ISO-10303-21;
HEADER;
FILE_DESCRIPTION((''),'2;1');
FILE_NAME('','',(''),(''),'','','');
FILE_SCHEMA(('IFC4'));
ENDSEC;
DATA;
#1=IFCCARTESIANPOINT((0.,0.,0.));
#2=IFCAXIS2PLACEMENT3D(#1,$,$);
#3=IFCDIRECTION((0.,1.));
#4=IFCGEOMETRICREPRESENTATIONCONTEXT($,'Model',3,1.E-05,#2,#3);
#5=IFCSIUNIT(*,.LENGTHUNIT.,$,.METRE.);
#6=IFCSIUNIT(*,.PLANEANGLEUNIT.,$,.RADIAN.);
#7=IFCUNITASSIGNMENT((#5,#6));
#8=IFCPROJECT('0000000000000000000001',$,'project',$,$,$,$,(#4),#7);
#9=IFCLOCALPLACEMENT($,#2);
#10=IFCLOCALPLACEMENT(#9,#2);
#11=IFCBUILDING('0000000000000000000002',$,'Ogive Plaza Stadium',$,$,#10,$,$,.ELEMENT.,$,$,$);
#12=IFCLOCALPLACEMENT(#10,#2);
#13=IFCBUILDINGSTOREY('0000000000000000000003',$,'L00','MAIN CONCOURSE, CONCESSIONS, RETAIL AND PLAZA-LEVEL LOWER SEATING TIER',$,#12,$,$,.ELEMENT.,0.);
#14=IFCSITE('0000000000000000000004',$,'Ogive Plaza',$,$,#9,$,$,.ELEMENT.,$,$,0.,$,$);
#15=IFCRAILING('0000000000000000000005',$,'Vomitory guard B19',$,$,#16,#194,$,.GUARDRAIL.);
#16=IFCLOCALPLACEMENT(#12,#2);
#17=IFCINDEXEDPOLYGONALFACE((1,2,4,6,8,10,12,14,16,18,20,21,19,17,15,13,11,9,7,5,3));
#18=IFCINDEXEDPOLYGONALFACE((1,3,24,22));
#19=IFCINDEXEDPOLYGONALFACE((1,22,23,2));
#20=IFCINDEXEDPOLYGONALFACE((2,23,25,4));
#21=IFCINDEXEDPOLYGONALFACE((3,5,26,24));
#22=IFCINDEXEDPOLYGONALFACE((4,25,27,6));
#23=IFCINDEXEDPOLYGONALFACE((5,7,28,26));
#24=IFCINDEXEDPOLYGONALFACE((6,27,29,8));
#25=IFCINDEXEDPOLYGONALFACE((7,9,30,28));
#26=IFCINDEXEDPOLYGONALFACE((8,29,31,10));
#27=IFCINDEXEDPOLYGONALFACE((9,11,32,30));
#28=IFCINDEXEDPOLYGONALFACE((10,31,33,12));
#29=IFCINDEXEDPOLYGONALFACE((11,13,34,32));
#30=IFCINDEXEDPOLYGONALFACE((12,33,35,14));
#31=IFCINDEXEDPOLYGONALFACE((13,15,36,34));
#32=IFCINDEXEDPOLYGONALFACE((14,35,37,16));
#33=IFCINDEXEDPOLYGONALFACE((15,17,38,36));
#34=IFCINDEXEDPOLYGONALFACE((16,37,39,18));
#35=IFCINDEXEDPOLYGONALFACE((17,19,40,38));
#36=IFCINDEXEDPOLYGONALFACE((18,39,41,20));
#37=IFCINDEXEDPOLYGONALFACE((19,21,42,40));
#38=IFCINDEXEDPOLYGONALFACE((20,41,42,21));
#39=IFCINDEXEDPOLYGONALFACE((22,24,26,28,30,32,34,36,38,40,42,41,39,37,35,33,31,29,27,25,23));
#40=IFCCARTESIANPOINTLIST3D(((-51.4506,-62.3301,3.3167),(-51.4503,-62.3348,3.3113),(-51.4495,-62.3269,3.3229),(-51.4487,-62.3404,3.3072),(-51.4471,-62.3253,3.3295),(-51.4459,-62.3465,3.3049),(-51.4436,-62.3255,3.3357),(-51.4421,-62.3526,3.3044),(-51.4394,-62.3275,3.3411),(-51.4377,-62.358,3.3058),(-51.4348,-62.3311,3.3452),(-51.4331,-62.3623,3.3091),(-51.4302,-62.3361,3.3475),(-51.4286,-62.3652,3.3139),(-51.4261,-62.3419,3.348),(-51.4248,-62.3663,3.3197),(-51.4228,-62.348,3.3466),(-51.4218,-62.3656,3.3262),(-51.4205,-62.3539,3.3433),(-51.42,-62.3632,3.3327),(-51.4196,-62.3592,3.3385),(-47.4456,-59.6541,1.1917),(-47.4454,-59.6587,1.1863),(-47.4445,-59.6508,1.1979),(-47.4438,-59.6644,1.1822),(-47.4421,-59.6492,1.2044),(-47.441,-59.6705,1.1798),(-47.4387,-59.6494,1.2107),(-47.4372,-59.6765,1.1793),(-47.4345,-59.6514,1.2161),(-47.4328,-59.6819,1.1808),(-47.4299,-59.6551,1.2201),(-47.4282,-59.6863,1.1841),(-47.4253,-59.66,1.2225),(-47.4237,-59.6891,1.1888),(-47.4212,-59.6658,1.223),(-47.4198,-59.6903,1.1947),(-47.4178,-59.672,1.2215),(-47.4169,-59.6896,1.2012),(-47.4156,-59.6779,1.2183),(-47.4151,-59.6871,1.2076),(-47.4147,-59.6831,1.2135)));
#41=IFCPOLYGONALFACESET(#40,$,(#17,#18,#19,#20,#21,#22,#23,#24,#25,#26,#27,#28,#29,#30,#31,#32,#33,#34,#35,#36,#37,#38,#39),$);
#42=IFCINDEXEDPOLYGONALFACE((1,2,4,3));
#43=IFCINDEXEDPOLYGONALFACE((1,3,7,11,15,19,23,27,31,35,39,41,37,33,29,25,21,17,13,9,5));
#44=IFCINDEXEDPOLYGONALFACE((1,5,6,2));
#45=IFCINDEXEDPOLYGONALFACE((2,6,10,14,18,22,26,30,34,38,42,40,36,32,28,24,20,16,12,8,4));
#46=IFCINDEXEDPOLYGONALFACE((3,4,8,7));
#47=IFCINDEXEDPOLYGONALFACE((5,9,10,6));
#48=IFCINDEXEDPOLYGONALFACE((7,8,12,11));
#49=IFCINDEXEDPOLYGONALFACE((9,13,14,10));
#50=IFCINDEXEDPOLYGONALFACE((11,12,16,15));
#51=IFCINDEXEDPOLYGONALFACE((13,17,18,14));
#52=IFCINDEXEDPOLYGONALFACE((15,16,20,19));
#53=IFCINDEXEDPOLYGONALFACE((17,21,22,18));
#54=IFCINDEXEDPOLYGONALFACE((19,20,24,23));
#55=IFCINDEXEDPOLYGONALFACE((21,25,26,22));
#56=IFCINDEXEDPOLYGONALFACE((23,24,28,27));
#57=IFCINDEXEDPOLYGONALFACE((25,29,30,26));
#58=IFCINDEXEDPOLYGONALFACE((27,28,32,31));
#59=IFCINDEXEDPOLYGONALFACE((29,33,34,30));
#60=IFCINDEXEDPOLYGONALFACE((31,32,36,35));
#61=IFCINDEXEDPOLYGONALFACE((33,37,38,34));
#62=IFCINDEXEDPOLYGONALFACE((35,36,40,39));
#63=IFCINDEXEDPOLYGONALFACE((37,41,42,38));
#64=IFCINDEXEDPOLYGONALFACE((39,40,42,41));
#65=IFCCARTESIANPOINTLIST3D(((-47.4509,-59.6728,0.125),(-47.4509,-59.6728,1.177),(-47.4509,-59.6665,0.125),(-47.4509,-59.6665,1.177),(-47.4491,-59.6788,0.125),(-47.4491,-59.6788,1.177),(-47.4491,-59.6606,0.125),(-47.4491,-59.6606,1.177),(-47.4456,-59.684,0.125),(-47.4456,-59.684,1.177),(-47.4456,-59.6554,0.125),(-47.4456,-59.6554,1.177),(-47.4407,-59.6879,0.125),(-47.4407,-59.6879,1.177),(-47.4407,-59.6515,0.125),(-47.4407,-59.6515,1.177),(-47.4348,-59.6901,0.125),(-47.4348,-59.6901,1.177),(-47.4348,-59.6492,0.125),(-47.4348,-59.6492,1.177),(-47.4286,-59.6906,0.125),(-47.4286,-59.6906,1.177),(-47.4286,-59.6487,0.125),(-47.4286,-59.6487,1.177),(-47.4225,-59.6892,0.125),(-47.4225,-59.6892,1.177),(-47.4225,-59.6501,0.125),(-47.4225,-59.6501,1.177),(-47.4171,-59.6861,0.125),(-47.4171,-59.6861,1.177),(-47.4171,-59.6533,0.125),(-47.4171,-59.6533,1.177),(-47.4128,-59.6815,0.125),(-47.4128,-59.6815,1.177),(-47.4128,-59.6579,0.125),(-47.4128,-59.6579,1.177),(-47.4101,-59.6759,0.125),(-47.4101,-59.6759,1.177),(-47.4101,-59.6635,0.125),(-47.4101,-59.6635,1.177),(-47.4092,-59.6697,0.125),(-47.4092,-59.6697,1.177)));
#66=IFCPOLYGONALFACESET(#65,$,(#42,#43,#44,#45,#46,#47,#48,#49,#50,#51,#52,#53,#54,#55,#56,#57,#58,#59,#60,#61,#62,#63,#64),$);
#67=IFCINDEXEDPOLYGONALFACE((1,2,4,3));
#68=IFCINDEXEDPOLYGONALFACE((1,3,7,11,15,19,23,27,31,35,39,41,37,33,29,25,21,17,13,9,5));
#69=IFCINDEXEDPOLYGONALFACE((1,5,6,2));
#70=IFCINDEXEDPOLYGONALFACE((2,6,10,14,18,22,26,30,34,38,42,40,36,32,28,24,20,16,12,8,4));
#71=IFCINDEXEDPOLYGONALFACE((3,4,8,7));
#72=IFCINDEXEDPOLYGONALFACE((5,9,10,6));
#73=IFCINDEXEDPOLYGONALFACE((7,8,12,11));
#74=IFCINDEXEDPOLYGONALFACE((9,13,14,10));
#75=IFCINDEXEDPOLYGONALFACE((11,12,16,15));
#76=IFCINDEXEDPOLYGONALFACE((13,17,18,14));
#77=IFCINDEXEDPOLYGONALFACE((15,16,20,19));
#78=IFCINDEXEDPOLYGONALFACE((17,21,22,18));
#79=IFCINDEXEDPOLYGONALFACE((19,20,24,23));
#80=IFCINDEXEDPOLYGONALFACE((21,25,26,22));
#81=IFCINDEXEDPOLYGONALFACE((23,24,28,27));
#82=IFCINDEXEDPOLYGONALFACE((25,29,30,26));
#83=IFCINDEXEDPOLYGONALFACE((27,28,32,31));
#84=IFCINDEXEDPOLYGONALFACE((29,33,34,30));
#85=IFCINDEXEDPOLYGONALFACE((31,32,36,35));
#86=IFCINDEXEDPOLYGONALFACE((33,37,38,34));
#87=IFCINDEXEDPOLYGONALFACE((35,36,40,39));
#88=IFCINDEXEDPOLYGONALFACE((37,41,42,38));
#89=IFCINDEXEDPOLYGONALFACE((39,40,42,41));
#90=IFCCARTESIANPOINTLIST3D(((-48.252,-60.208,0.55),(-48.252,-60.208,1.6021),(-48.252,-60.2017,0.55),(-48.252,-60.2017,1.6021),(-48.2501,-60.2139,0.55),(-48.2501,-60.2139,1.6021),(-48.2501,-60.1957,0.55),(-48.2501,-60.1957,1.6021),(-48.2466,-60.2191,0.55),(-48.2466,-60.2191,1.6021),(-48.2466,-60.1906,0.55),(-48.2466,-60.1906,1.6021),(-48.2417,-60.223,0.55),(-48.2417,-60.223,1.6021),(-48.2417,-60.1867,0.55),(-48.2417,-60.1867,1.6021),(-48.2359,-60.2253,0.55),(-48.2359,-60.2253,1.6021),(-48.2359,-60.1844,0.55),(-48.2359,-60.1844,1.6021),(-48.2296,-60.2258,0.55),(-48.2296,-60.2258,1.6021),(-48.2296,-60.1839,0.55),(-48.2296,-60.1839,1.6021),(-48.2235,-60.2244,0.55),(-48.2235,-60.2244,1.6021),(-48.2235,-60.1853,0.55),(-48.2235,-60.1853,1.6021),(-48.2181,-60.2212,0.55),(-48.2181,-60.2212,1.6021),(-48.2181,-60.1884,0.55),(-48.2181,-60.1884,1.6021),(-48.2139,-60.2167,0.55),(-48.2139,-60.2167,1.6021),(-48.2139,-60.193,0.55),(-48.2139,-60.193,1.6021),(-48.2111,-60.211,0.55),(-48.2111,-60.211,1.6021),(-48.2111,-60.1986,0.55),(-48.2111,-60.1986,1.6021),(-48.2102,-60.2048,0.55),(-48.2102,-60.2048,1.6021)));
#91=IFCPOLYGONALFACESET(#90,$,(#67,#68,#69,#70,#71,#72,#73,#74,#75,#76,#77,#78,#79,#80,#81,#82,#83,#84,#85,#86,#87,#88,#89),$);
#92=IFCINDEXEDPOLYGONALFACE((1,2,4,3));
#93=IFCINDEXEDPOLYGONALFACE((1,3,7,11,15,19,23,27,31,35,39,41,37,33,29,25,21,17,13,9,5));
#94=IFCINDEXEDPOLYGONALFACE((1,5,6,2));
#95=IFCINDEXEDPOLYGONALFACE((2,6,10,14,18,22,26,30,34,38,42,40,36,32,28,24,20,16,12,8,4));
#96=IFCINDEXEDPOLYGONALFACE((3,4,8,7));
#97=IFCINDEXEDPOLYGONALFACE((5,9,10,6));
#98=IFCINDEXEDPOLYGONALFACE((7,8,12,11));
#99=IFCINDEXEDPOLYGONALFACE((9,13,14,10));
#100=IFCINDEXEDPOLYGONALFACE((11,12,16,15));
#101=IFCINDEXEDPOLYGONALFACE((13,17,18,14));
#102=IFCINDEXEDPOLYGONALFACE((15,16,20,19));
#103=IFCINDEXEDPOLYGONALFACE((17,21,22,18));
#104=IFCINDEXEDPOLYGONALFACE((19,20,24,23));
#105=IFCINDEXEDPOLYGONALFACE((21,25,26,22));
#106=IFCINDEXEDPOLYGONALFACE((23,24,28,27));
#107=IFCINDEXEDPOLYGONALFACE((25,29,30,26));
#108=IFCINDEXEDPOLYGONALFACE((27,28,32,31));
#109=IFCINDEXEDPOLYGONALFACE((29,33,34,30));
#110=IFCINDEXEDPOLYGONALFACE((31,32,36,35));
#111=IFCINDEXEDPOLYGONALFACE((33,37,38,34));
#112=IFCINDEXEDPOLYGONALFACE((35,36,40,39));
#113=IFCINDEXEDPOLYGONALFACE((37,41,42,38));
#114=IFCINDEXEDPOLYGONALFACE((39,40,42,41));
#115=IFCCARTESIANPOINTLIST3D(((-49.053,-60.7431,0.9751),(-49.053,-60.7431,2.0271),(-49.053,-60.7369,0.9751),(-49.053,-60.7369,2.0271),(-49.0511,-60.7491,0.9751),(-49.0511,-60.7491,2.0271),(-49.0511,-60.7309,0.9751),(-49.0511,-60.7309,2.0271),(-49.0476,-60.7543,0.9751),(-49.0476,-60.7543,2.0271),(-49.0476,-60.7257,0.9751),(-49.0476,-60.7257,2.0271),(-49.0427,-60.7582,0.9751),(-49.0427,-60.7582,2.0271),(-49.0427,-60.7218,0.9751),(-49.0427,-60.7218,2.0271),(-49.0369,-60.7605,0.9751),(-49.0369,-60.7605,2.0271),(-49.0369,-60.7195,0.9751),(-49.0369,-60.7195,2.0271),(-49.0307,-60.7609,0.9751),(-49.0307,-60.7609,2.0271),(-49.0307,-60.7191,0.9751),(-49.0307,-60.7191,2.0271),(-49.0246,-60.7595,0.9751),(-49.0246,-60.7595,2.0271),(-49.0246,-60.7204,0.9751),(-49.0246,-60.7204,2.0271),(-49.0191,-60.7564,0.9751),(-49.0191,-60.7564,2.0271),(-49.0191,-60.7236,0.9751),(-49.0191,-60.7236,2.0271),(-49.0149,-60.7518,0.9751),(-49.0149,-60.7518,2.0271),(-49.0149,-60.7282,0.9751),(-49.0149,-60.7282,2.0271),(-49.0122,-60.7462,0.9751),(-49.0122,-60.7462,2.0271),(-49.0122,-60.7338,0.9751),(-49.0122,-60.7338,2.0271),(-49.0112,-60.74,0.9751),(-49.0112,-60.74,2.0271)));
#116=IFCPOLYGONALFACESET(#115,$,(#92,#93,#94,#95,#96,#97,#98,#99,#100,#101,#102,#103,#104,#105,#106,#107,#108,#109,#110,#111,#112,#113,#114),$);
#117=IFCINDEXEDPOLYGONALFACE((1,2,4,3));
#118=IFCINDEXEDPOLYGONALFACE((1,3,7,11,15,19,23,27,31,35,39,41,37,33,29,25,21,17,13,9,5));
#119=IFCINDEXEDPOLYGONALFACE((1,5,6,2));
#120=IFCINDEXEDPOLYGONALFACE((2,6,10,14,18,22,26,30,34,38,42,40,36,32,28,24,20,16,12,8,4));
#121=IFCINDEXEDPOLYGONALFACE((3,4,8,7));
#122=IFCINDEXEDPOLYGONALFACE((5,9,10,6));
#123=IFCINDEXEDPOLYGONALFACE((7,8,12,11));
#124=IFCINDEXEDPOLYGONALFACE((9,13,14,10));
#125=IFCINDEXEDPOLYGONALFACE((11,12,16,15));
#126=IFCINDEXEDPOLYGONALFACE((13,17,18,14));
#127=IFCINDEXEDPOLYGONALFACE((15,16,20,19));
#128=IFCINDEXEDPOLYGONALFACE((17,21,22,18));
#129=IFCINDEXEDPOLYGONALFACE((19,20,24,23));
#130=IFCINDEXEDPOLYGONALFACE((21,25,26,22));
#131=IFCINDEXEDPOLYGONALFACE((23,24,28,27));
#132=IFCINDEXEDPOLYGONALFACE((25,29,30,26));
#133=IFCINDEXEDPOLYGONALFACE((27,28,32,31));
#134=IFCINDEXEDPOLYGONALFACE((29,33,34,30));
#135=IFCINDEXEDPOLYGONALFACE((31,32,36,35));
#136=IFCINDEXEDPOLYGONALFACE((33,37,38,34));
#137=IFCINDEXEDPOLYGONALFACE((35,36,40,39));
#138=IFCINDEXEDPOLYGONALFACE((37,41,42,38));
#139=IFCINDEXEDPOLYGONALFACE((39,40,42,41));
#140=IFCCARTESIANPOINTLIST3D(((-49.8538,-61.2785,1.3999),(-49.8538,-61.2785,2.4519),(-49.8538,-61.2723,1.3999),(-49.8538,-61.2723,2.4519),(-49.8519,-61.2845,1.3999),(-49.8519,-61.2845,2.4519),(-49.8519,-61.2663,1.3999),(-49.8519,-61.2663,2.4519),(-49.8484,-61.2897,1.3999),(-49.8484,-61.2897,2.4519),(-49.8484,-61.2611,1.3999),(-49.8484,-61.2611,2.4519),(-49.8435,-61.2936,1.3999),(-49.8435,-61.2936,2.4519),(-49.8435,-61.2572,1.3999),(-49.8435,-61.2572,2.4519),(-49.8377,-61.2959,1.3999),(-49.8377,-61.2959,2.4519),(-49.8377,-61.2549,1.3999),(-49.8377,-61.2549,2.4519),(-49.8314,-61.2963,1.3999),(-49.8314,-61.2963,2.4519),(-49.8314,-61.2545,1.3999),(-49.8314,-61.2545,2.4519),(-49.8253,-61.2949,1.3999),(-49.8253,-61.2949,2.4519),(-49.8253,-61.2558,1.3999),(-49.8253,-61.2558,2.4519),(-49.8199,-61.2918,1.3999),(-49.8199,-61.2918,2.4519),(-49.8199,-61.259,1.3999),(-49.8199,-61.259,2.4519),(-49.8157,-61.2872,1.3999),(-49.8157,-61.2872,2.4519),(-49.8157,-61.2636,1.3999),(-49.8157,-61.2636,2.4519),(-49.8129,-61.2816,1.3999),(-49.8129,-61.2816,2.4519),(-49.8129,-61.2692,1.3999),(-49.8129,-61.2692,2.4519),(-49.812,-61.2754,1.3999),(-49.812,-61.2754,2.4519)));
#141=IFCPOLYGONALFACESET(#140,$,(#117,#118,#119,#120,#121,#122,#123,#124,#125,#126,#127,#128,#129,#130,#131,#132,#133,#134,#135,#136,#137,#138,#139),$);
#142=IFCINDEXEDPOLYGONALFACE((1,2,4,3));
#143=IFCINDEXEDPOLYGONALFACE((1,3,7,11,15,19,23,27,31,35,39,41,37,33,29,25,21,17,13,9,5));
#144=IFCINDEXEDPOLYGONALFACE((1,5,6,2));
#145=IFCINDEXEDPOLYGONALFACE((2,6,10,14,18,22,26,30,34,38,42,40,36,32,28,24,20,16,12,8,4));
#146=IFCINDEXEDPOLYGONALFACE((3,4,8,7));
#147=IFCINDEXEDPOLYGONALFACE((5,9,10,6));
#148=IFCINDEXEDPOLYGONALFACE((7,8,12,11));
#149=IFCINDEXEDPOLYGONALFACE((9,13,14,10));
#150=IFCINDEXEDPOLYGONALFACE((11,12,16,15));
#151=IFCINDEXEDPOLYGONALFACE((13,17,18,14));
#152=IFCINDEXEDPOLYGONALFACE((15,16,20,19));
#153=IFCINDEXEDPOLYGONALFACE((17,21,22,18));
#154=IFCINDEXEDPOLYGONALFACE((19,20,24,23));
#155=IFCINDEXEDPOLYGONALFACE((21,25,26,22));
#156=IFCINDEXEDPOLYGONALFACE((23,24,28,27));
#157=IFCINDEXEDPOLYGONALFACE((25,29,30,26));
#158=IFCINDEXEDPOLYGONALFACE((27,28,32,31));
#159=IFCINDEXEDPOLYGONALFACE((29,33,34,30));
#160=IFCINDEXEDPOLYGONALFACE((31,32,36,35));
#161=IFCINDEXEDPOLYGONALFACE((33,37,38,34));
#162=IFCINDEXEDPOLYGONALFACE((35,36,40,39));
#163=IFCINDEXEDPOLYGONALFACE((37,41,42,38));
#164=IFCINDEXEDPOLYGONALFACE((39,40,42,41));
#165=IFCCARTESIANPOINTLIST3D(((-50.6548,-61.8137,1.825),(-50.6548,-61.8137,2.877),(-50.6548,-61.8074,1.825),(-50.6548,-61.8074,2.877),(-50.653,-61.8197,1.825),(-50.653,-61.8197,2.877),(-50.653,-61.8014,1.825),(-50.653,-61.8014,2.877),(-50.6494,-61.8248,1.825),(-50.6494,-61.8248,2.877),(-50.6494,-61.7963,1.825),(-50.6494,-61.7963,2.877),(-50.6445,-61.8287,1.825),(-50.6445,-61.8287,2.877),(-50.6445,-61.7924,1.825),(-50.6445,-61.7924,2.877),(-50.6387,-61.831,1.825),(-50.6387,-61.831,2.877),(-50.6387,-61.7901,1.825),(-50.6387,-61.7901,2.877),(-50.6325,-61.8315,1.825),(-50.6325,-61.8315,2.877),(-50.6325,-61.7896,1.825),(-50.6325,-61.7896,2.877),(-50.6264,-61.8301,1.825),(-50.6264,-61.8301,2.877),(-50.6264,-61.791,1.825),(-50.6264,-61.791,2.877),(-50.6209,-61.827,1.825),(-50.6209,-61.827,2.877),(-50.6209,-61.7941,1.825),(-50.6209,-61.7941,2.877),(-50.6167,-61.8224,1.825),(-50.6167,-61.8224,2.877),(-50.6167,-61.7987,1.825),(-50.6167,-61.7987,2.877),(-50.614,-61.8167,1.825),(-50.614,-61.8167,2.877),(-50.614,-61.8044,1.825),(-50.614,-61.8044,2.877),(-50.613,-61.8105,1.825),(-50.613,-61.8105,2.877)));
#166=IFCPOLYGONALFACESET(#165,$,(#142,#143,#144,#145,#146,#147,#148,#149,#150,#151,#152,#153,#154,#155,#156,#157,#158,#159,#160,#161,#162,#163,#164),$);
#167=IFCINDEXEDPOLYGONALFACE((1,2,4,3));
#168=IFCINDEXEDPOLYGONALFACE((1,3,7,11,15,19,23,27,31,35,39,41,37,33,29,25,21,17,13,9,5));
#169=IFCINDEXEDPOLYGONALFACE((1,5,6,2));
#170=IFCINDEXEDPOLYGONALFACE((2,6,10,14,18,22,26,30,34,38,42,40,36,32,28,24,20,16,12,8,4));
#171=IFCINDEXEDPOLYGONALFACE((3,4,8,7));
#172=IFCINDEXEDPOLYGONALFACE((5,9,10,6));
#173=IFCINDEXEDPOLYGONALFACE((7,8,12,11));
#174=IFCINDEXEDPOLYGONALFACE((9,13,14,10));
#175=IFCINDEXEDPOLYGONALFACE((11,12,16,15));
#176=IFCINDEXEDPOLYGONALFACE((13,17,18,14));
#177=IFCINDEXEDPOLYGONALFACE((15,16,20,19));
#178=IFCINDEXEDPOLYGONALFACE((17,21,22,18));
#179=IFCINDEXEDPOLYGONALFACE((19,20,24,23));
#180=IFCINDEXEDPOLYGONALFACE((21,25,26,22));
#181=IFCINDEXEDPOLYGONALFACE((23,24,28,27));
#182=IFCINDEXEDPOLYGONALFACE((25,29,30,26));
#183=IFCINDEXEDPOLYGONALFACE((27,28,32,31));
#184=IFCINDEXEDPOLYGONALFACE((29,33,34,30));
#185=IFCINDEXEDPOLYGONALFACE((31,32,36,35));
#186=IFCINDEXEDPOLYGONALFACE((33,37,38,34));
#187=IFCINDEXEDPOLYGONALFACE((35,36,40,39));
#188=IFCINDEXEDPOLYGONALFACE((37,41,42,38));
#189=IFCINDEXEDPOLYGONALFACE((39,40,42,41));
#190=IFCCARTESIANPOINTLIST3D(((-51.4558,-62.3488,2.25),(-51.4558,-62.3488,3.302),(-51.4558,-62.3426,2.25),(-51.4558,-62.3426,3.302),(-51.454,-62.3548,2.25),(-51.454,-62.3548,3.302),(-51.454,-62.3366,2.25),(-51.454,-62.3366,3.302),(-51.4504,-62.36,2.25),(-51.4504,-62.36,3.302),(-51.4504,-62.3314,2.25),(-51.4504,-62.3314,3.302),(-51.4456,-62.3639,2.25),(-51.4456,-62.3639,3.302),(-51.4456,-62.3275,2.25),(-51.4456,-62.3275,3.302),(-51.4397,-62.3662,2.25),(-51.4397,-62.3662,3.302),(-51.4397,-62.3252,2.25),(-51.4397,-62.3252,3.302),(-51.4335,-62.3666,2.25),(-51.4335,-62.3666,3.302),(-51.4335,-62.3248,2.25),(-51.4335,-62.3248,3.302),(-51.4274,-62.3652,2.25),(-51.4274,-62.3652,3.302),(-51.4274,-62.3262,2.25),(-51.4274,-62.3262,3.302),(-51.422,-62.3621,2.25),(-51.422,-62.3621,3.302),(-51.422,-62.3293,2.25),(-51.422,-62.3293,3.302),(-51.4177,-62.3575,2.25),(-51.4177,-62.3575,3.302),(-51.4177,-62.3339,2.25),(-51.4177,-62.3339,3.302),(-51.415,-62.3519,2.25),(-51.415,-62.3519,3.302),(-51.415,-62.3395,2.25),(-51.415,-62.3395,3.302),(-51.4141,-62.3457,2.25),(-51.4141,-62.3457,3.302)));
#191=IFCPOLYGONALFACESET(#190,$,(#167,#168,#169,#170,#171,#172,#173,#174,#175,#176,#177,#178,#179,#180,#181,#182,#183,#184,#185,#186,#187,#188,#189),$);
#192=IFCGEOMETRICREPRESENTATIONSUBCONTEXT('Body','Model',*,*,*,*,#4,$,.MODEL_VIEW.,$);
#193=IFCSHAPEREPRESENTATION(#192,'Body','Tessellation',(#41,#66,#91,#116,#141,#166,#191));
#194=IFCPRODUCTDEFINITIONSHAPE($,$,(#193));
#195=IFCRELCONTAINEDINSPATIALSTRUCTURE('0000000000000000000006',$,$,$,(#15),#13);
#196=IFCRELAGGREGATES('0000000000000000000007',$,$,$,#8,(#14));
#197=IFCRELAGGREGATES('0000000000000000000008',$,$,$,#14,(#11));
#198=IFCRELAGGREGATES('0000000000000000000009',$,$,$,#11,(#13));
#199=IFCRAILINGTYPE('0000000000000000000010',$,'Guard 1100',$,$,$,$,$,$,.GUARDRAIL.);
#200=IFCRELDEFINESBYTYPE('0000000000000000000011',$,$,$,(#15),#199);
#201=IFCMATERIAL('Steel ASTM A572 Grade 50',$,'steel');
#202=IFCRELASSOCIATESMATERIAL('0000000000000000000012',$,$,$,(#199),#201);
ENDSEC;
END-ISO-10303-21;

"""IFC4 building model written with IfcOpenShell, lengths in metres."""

from ifc_helpers import new_model, si_unit, direction, frame, origin, origin_2d, place, context, subcontext, project, spatial, circle, extrude, material, type_object, element, save


model = new_model("IFC4")

# Units and contexts
model_context = context("Model", 3, precision=1e-05, world=origin(), true_north=direction((0.0, 1.0)))
body_context = subcontext(model_context, "Body", "Model", "MODEL_VIEW")
ifc_project = project(units=[si_unit("LENGTHUNIT", "METRE"), si_unit("PLANEANGLEUNIT", "RADIAN")], contexts=[model_context])

# Site, building, storey
site_placement = place(None, origin())
site = spatial("IfcSite", under=ifc_project, at=site_placement, Name="Ogive Plaza", CompositionType="ELEMENT", RefElevation=0.0)
building_placement = place(site_placement, origin())
building = spatial("IfcBuilding", under=site, at=building_placement, Name="Ogive Plaza Stadium", CompositionType="ELEMENT")
storey_placement = place(building_placement, origin())
storey = spatial("IfcBuildingStorey", under=building, at=storey_placement, Name="L00", Description="MAIN CONCOURSE, CONCESSIONS, RETAIL AND PLAZA-LEVEL LOWER SEATING TIER", CompositionType="ELEMENT", Elevation=0.0)

# Railing
ifc_material_1 = material(Name="Steel ASTM A572 Grade 50", Category="steel")
railing_type = type_object("IfcRailingType", Name="Guard 1100", PredefinedType="GUARDRAIL", material=ifc_material_1)
for number, where, name in (
    (1, (-47.4302, -59.6697, 0.125), "Vomitory guard B19"),
):
    element("IfcRailing", number, at=place(storey_placement, frame(where)), inside=storey, type_object=railing_type, Name=name, PredefinedType="GUARDRAIL", context=body_context, shape_type="SweptSolid", body=[
        extrude(circle(Radius=0.0239, at=origin_2d()), frame((0.0, 0.0, 1.0762), z_axis=(-0.760722, -0.508307, 0.403641), x_axis=(0.555577, -0.831465, 0.0)), (0.0, 0.0, 1.0), 5.2646),
        extrude(circle(Radius=0.021, at=origin_2d()), origin(), (0.0, 0.0, 1.0), 1.052),
        extrude(circle(Radius=0.021, at=origin_2d()), frame((-0.801, -0.5352, 0.425)), (0.0, 0.0, 1.0), 1.052),
        extrude(circle(Radius=0.021, at=origin_2d()), frame((-1.6021, -1.0703, 0.8501)), (0.0, 0.0, 1.0), 1.052),
        extrude(circle(Radius=0.021, at=origin_2d()), frame((-2.4028, -1.6057, 1.2749)), (0.0, 0.0, 1.0), 1.052),
        extrude(circle(Radius=0.021, at=origin_2d()), frame((-3.2039, -2.1409, 1.7)), (0.0, 0.0, 1.0), 1.052),
        extrude(circle(Radius=0.021, at=origin_2d()), frame((-4.0049, -2.676, 2.125)), (0.0, 0.0, 1.0), 1.052),
    ])

save(model, "model.ifc")
